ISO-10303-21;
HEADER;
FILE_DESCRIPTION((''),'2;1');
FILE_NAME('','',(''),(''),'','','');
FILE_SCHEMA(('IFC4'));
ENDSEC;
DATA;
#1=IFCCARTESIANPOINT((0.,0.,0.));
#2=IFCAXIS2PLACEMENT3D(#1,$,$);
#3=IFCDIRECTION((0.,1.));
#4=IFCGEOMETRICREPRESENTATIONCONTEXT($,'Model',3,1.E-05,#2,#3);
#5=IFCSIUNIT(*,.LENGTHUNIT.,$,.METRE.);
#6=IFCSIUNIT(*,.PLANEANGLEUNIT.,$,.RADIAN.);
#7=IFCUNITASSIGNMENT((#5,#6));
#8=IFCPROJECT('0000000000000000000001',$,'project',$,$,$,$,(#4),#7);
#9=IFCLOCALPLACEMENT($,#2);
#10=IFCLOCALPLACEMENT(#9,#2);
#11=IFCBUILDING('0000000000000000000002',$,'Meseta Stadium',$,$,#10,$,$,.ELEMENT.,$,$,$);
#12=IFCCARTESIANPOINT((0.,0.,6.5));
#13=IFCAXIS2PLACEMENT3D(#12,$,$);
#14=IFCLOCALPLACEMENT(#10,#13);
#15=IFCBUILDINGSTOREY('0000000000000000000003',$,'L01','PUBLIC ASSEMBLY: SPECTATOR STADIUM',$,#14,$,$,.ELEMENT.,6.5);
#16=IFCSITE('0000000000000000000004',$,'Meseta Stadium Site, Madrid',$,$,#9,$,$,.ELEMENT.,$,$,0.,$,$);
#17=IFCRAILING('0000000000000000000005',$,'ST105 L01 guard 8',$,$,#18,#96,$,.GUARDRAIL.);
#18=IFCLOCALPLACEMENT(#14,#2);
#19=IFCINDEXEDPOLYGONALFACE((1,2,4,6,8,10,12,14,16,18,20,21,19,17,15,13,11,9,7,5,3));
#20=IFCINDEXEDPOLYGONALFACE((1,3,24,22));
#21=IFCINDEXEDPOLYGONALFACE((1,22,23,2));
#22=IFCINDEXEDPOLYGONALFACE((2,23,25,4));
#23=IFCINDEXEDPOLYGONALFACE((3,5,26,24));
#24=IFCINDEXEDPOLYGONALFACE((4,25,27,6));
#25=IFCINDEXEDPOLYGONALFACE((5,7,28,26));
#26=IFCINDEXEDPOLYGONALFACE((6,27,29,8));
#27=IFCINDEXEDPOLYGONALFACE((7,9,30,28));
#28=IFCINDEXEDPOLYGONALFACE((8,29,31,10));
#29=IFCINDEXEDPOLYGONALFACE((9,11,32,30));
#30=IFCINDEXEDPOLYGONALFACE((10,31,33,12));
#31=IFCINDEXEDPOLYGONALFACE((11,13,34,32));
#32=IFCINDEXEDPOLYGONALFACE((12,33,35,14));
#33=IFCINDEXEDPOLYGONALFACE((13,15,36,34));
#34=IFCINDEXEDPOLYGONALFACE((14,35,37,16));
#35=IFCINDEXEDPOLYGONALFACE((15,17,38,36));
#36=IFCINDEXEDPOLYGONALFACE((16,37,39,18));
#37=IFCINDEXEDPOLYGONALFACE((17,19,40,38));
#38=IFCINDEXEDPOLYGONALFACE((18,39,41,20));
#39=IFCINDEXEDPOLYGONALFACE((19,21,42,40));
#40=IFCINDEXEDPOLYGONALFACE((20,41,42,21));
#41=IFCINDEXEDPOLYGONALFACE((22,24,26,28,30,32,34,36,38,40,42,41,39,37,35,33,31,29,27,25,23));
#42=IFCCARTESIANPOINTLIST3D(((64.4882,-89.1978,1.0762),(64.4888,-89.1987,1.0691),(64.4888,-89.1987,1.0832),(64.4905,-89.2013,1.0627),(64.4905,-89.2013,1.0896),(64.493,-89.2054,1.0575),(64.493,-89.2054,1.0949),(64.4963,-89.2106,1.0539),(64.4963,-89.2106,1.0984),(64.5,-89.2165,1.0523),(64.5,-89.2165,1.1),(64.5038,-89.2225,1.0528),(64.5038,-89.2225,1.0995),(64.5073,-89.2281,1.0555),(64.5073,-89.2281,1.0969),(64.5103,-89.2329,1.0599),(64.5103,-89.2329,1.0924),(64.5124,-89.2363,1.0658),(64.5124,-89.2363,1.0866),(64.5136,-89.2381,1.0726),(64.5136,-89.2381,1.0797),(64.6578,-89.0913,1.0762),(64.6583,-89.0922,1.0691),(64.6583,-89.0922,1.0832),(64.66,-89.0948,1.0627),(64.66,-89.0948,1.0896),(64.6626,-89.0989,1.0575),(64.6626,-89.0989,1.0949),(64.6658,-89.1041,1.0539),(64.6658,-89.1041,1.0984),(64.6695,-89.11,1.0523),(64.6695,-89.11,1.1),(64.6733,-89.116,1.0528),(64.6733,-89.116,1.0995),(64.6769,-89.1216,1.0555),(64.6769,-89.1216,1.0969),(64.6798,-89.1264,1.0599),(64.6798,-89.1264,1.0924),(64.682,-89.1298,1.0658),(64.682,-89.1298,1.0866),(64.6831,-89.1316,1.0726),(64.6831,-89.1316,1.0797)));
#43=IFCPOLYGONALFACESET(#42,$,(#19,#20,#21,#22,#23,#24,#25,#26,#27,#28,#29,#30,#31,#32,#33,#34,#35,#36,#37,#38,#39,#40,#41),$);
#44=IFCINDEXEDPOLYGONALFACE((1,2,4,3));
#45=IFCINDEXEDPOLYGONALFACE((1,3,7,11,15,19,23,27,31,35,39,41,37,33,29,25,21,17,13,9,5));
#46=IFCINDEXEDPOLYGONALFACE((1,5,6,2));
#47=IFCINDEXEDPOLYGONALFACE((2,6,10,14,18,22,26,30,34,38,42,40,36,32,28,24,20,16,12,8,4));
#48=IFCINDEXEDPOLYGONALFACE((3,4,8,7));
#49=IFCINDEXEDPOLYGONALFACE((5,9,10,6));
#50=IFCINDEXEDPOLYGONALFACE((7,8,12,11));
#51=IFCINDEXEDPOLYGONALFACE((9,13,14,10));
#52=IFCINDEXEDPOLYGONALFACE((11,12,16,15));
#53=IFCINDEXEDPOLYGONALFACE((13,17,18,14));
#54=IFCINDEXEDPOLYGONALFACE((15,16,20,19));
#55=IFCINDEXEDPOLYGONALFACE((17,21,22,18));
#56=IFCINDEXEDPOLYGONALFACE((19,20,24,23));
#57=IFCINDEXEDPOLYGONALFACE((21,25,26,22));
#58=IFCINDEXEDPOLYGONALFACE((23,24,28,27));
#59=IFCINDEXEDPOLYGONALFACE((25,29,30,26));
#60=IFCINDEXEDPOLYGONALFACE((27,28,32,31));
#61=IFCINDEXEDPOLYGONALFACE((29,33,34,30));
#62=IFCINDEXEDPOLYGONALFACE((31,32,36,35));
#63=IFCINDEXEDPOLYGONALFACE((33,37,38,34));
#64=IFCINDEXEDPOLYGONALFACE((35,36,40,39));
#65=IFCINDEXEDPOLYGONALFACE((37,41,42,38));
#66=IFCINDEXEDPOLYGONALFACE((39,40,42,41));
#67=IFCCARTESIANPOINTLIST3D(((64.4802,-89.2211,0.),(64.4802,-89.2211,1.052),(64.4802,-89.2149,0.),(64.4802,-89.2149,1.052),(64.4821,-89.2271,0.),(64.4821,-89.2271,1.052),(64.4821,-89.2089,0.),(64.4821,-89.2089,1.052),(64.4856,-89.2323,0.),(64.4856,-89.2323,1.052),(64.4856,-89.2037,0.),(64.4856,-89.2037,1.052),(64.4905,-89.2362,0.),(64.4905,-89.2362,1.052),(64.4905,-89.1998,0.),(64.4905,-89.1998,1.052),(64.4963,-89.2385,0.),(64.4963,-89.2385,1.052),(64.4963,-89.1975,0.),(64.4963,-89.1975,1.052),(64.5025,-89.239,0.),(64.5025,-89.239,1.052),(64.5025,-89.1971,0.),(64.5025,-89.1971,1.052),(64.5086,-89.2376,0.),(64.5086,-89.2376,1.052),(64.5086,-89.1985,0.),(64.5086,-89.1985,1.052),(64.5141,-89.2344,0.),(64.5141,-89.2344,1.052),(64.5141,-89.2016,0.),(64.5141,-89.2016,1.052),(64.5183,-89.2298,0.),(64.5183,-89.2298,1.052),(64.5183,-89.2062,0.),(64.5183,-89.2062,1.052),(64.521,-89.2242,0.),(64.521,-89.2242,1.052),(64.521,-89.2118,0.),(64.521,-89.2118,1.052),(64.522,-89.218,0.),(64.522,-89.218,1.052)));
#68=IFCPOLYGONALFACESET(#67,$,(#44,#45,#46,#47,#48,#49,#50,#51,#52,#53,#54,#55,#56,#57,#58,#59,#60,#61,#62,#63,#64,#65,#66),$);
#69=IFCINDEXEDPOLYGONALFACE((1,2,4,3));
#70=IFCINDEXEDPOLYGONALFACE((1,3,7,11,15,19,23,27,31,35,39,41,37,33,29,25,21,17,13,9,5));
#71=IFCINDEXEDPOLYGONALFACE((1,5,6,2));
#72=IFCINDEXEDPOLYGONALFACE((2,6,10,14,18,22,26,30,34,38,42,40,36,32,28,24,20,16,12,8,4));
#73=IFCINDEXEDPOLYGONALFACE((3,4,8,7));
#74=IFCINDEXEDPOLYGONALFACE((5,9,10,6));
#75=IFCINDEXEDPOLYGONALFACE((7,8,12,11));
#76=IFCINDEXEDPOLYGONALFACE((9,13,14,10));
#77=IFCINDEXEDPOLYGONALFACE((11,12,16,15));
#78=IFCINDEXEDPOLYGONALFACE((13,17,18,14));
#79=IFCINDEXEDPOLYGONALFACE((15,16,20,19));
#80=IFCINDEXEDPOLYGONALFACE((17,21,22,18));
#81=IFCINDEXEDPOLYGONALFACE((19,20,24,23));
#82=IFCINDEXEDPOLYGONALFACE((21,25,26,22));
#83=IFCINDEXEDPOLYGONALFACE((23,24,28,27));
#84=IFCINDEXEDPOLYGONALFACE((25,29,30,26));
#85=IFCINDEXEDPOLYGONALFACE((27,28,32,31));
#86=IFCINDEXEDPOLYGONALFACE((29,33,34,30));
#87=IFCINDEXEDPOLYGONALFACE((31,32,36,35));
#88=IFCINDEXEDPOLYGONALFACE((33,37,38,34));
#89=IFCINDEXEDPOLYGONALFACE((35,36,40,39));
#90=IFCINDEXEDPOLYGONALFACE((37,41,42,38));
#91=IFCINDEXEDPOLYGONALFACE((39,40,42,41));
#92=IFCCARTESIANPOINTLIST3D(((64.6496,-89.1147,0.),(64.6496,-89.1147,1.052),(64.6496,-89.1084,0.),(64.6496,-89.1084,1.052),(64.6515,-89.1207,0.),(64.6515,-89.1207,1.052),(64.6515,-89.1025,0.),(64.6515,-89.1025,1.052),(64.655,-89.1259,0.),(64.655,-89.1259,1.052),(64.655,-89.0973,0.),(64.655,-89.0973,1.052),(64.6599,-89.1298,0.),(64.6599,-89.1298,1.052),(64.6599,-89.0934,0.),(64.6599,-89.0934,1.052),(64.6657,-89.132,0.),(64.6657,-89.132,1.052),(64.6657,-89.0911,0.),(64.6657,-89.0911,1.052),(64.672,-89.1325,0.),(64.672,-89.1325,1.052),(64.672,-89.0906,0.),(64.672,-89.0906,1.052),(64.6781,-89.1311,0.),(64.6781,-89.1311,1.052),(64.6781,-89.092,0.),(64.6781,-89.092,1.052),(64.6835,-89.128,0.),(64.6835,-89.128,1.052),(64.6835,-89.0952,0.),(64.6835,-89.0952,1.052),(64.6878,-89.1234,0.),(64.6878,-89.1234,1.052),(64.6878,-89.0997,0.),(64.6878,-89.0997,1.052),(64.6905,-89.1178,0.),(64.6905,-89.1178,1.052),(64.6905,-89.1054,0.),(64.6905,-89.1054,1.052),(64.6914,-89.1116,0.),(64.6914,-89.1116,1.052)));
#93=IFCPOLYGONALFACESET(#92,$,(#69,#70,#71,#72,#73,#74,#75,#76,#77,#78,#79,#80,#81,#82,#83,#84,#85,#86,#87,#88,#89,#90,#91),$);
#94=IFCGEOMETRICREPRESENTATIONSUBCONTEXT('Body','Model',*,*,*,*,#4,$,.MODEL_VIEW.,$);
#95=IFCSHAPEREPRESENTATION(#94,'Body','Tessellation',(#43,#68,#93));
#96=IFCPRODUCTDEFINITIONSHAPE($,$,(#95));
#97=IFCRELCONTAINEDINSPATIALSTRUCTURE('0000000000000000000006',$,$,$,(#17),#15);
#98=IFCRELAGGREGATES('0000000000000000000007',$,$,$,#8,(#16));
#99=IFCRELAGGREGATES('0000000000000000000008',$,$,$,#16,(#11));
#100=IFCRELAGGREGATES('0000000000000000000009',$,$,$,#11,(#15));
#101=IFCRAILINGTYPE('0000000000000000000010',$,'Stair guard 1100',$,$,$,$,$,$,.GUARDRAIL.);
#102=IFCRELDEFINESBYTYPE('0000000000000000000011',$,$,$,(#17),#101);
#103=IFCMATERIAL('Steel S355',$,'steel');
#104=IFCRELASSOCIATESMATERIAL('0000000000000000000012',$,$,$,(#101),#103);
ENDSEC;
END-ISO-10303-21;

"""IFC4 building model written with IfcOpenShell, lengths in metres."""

from ifc_helpers import new_model, si_unit, direction, frame, origin, origin_2d, place, context, subcontext, project, spatial, circle, extrude, material, type_object, element, save


model = new_model("IFC4")

# Units and contexts
model_context = context("Model", 3, precision=1e-05, world=origin(), true_north=direction((0.0, 1.0)))
body_context = subcontext(model_context, "Body", "Model", "MODEL_VIEW")
ifc_project = project(units=[si_unit("LENGTHUNIT", "METRE"), si_unit("PLANEANGLEUNIT", "RADIAN")], contexts=[model_context])

# Site, building, storey
site_placement = place(None, origin())
site = spatial("IfcSite", under=ifc_project, at=site_placement, Name="Meseta Stadium Site, Madrid", CompositionType="ELEMENT", RefElevation=0.0)
building_placement = place(site_placement, origin())
building = spatial("IfcBuilding", under=site, at=building_placement, Name="Meseta Stadium", CompositionType="ELEMENT")
storey_placement = place(building_placement, frame((0.0, 0.0, 6.5)))
storey = spatial("IfcBuildingStorey", under=building, at=storey_placement, Name="L01", Description="PUBLIC ASSEMBLY: SPECTATOR STADIUM", CompositionType="ELEMENT", Elevation=6.5)

# Railing
ifc_material_1 = material(Name="Steel S355", Category="steel")
railing_type_1 = type_object("IfcRailingType", Name="Stair guard 1100", PredefinedType="GUARDRAIL", material=ifc_material_1)
railing_1_placement = place(storey_placement, frame((64.501, -89.218, 0.0)))
element("IfcRailing", 1, at=railing_1_placement, inside=storey, type_object=railing_type_1, Name="ST105 L01 guard 8", PredefinedType="GUARDRAIL", context=body_context, shape_type="SweptSolid", body=[
    extrude(circle(Radius=0.0239, at=origin_2d()), frame((0.0, 0.0, 1.0762), z_axis=(0.846762, 0.531972, 0.0), x_axis=(-0.531972, 0.846762, 0.0)), (0.0, 0.0, 1.0), 0.2002),
    extrude(circle(Radius=0.021, at=origin_2d()), origin(), (0.0, 0.0, 1.0), 1.052),
    extrude(circle(Radius=0.021, at=origin_2d()), frame((0.1694, 0.1064, 0.0)), (0.0, 0.0, 1.0), 1.052),
])

save(model, "model.ifc")
